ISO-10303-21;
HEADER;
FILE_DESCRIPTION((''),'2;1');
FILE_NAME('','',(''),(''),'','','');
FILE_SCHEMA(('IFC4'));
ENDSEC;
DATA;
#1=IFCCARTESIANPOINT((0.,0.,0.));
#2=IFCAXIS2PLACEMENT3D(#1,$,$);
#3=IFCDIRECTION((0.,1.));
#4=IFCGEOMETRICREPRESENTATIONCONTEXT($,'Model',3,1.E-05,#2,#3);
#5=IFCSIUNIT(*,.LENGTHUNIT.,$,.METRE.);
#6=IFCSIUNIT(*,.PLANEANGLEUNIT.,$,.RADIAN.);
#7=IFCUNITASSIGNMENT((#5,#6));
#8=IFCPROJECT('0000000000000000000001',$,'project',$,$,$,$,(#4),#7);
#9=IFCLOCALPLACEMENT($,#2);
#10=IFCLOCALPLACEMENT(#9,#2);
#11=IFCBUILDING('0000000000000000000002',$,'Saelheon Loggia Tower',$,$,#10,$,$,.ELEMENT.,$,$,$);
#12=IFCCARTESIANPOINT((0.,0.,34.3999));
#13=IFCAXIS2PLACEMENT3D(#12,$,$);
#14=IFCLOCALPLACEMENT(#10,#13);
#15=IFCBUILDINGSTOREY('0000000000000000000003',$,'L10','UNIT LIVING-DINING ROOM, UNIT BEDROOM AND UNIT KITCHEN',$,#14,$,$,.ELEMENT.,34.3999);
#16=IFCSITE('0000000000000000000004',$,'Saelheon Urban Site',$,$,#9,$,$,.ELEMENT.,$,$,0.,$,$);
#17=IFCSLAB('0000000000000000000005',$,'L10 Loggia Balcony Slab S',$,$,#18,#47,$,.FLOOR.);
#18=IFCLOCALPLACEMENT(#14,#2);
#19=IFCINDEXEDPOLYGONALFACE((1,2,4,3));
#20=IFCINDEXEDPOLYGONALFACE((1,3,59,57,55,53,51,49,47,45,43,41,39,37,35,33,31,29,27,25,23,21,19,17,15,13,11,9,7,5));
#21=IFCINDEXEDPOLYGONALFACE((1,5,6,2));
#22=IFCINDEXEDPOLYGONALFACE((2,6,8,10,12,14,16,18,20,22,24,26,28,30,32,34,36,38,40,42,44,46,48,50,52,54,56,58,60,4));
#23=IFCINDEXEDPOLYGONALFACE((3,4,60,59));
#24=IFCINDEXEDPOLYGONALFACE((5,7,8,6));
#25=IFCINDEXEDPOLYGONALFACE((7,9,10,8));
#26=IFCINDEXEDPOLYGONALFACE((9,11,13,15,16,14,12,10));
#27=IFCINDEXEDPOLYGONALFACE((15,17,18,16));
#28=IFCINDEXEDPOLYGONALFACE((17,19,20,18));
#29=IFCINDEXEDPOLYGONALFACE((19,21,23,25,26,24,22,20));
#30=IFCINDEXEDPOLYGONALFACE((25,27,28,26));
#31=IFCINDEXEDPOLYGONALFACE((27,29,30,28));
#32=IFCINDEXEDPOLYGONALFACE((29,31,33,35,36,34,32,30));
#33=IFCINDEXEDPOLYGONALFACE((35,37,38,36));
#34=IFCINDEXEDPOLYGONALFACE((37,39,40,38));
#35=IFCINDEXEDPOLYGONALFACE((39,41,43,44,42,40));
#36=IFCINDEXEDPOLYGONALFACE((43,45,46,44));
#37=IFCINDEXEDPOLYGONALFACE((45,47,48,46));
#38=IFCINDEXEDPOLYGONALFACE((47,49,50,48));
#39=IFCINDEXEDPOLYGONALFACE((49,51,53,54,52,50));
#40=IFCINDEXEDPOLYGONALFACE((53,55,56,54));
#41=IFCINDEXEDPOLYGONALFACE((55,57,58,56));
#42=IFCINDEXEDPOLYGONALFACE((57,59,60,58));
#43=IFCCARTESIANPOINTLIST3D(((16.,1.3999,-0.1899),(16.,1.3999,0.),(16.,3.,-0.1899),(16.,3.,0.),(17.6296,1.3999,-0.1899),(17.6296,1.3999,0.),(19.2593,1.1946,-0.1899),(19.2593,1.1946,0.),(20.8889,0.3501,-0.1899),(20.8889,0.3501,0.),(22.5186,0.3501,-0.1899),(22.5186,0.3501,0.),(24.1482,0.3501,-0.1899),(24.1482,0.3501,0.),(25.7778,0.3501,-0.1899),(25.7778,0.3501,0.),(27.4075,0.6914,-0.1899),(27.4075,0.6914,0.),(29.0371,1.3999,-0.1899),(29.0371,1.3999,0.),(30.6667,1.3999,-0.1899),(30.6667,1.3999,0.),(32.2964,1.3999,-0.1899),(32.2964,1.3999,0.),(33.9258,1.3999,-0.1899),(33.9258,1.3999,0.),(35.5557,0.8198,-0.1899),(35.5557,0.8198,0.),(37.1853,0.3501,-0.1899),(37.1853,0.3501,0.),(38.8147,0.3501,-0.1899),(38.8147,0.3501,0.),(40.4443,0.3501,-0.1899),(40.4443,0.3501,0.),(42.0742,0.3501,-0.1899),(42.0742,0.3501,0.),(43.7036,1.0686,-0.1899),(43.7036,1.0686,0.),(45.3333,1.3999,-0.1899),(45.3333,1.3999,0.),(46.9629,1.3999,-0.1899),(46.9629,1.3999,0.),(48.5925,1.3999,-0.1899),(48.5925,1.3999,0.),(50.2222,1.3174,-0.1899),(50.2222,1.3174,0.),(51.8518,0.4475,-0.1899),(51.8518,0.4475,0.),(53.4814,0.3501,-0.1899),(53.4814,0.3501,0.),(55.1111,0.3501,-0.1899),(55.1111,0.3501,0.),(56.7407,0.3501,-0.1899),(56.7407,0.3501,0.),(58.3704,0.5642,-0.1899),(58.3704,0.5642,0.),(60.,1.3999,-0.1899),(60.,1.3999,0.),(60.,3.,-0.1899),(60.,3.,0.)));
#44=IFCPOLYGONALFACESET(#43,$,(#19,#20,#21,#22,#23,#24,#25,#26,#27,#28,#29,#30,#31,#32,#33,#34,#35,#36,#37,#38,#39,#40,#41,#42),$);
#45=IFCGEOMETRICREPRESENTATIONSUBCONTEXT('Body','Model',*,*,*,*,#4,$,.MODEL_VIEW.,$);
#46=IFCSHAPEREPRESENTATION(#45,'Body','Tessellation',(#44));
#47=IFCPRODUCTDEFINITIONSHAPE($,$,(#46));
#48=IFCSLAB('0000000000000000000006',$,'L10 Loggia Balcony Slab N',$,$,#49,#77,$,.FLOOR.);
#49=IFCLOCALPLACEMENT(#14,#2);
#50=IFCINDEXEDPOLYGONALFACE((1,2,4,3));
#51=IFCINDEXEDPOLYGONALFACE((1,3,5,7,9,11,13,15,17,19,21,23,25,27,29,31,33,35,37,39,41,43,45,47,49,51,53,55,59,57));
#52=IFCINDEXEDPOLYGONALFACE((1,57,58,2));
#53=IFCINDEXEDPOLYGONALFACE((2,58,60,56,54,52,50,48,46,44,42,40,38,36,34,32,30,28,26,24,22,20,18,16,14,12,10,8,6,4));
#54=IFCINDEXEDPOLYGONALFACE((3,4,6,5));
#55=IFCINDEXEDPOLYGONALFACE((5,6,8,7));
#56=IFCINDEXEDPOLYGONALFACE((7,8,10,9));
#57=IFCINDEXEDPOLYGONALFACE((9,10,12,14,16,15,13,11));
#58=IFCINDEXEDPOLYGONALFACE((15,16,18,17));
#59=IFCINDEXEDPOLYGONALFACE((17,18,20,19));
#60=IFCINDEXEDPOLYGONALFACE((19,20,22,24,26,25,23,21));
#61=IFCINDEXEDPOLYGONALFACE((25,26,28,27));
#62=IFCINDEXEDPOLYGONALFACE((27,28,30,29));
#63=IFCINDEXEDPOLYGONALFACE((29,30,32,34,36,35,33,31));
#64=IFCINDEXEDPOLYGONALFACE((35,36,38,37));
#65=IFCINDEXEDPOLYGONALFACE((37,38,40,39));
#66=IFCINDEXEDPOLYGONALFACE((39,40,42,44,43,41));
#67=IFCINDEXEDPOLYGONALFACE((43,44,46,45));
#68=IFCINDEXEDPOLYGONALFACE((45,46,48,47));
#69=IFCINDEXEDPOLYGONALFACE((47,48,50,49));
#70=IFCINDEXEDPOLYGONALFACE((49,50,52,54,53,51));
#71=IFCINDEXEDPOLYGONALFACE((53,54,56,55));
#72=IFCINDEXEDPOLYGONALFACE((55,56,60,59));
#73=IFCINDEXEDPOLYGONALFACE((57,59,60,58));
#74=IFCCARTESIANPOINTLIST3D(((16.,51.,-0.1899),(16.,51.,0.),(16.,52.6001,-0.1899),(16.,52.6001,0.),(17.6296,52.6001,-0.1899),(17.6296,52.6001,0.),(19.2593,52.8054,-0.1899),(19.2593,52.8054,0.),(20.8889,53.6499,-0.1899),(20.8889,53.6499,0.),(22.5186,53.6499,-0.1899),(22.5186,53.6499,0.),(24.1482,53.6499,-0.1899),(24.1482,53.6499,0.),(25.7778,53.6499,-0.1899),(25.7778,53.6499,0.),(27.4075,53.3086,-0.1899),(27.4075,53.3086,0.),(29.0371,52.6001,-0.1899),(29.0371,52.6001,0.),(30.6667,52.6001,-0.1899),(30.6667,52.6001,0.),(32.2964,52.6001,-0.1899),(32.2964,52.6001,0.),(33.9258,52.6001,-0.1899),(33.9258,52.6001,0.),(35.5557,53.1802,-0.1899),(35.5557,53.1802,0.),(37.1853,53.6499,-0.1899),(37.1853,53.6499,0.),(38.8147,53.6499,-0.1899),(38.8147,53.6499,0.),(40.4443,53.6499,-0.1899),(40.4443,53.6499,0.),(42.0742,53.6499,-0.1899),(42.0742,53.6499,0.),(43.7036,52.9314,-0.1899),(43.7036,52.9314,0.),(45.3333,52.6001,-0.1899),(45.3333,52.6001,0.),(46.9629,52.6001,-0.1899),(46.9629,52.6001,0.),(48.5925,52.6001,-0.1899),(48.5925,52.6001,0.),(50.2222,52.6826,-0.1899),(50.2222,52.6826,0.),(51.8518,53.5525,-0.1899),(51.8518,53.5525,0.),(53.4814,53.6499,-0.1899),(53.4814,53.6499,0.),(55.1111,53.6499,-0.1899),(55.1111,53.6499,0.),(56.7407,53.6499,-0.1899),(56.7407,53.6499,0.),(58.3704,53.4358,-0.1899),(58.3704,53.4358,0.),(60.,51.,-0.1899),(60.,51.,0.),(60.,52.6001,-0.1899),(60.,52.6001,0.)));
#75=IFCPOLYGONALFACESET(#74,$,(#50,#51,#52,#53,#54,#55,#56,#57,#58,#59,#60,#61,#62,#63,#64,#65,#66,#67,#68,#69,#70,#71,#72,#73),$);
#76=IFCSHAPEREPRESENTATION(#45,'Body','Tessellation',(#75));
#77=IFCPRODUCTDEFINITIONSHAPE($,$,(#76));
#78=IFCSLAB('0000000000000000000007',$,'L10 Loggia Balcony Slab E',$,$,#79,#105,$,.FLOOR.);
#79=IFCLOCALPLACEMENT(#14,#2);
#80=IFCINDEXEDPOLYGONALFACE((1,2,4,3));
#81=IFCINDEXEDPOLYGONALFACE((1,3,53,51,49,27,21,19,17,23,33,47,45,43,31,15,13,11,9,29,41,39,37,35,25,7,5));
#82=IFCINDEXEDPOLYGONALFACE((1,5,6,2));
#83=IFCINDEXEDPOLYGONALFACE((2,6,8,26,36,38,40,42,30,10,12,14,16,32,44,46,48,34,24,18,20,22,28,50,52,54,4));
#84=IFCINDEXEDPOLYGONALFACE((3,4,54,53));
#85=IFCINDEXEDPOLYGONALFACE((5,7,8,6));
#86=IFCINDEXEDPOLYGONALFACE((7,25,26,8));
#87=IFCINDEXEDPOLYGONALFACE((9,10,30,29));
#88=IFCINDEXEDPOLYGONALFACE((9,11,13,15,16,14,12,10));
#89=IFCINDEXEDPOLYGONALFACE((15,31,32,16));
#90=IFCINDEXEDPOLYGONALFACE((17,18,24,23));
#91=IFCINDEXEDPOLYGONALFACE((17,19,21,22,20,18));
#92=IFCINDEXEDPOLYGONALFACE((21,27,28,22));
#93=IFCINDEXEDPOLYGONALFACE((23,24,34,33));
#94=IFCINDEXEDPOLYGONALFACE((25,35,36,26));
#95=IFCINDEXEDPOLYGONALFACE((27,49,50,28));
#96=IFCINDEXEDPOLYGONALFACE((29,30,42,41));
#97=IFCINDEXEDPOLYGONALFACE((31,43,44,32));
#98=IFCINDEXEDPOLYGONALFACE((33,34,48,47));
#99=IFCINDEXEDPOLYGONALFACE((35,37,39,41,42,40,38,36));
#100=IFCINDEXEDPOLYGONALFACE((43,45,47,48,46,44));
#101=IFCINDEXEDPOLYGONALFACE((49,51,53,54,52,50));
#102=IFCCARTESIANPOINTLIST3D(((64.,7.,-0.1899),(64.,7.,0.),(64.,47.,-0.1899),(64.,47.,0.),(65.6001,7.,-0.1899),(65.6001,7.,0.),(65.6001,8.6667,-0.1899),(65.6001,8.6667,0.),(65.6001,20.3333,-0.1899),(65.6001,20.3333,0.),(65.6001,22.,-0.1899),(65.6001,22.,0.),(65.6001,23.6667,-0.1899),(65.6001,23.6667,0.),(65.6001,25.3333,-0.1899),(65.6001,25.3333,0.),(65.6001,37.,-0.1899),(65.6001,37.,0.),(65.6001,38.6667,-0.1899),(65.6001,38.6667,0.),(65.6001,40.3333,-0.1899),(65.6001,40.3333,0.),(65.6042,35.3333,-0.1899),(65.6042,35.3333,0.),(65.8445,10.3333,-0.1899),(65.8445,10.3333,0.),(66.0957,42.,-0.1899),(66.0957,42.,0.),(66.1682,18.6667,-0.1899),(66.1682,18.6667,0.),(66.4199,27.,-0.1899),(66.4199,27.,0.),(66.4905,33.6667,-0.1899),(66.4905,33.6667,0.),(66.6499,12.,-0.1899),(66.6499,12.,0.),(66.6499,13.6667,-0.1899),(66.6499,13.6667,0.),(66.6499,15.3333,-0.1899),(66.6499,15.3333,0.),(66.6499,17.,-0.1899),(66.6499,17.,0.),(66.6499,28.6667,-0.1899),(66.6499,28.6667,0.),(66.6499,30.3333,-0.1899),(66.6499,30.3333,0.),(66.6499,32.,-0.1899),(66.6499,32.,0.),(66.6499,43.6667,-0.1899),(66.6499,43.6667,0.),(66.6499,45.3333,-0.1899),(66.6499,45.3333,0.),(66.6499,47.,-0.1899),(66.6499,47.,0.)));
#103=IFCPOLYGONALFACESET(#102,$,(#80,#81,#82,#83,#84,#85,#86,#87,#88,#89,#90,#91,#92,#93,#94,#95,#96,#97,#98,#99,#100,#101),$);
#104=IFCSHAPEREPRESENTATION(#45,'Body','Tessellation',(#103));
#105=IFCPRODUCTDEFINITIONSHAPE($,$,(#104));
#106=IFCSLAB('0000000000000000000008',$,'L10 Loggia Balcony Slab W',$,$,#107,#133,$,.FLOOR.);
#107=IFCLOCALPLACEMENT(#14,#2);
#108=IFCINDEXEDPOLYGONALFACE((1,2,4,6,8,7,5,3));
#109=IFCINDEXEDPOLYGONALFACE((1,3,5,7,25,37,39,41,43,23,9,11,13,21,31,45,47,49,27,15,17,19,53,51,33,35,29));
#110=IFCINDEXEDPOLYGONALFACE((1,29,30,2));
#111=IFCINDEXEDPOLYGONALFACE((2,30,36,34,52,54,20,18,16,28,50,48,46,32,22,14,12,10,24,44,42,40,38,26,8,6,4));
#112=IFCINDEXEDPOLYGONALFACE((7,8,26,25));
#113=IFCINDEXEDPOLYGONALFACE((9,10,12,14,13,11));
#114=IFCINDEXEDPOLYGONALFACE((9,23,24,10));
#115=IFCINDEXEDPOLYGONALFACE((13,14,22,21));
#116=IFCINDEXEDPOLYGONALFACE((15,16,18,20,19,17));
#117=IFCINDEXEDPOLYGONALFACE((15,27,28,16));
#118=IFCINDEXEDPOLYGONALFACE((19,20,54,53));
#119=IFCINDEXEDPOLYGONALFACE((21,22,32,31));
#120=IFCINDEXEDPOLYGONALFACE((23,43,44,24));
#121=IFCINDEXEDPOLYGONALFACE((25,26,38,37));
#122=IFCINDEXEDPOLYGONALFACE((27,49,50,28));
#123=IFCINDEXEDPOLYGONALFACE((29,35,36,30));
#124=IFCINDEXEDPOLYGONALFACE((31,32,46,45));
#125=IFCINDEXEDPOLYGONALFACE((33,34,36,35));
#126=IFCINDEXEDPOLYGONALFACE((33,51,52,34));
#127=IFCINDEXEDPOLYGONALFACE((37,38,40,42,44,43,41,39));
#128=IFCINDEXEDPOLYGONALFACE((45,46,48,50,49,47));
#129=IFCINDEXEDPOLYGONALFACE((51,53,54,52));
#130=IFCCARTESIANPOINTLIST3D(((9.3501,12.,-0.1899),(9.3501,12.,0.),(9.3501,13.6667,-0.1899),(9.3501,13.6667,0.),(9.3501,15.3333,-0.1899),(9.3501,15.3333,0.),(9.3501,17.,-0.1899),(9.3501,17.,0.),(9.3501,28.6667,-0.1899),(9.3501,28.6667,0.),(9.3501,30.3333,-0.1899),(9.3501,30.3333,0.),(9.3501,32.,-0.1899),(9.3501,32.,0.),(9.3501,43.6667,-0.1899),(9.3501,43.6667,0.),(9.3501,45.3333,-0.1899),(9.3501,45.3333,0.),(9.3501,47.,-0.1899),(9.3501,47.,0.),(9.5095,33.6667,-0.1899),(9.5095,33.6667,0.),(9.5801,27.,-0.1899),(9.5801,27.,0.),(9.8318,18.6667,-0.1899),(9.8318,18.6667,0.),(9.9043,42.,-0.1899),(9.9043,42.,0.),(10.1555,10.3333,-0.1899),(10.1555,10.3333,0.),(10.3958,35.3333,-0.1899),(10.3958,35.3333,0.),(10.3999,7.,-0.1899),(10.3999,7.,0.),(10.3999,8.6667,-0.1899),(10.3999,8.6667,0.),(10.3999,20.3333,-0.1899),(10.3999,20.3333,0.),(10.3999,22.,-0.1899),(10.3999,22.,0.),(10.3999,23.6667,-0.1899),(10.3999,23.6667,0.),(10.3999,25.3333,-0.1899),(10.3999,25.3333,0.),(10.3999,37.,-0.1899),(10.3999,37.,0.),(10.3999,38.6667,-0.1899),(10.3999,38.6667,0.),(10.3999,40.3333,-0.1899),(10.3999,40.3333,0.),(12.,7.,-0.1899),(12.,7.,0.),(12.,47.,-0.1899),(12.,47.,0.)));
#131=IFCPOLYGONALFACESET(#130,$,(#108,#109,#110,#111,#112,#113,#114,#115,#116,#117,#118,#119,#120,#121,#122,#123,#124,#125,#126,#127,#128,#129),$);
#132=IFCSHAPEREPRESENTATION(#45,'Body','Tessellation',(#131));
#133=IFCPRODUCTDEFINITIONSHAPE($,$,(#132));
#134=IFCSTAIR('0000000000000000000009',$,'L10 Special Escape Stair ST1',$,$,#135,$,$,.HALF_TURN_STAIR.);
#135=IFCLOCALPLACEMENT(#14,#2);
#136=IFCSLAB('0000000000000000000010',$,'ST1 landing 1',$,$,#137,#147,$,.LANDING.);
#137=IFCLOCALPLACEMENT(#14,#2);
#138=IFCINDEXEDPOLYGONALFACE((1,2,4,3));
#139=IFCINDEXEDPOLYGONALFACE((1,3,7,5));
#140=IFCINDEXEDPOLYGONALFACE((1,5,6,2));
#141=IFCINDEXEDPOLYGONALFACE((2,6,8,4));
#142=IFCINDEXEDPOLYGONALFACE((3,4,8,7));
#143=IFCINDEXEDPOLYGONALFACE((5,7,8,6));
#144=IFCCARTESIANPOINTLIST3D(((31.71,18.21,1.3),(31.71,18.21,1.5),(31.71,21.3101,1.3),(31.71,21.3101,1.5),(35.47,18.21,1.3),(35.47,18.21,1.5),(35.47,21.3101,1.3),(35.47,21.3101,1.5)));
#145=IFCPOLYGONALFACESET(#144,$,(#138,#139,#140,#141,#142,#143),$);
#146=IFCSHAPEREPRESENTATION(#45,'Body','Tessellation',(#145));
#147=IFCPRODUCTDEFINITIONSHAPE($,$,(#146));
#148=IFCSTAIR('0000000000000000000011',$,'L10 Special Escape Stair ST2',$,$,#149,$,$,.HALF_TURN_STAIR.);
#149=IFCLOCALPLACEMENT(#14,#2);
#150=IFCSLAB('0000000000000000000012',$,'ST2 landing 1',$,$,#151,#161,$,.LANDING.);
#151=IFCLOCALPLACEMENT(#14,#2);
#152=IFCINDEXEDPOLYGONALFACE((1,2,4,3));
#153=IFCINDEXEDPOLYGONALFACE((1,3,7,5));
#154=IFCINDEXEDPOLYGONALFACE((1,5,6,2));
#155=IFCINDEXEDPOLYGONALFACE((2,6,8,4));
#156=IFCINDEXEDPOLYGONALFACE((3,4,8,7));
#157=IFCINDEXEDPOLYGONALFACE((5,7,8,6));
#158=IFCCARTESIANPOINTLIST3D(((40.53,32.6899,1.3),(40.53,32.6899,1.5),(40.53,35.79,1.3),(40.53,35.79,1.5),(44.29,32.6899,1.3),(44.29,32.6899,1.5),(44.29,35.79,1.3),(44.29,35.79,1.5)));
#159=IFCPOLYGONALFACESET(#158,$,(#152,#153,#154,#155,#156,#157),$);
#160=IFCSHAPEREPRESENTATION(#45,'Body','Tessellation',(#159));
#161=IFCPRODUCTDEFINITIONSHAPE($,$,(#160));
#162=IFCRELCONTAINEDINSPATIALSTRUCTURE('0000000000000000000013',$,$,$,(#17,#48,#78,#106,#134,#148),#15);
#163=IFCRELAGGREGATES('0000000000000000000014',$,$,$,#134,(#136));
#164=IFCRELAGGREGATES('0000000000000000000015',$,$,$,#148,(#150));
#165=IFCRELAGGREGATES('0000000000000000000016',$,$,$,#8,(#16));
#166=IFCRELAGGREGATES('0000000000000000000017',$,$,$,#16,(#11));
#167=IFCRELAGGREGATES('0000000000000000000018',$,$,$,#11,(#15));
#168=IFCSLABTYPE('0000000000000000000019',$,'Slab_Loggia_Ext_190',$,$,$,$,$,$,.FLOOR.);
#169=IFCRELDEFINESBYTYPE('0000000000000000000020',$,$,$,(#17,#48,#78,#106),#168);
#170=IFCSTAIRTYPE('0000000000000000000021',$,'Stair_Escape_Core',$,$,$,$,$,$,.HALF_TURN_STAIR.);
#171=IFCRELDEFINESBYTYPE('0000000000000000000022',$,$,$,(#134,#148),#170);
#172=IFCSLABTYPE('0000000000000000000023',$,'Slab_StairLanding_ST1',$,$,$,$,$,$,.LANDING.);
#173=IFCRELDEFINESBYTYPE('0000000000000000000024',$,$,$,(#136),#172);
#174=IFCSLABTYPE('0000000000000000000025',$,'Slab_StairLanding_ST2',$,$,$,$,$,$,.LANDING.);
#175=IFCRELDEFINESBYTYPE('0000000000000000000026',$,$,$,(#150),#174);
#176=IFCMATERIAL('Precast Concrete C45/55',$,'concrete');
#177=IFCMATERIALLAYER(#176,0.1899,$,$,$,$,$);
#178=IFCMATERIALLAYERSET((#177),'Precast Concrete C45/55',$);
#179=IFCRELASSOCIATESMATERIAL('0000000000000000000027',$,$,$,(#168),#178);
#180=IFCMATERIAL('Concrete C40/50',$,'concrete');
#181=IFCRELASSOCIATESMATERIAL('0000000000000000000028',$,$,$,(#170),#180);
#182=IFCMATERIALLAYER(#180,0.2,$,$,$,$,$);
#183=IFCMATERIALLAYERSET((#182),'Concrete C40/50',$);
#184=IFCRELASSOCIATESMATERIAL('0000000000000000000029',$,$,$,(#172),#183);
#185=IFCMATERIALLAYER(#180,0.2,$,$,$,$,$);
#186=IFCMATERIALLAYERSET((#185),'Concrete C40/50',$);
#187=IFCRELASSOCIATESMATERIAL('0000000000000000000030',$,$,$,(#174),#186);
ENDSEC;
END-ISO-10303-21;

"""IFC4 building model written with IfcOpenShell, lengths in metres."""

from ifc_helpers import new_model, si_unit, direction, frame, origin, place, context, subcontext, project, spatial, polyline, outline, extrude, material, layer, layer_set, type_object, element, aggregate, save


model = new_model("IFC4")

# Units and contexts
model_context = context("Model", 3, precision=1e-05, world=origin(), true_north=direction((0.0, 1.0)))
body_context = subcontext(model_context, "Body", "Model", "MODEL_VIEW")
ifc_project = project(units=[si_unit("LENGTHUNIT", "METRE"), si_unit("PLANEANGLEUNIT", "RADIAN")], contexts=[model_context])

# Site, building, storey
site_placement = place(None, origin())
site = spatial("IfcSite", under=ifc_project, at=site_placement, Name="Saelheon Urban Site", CompositionType="ELEMENT", RefElevation=0.0)
building_placement = place(site_placement, origin())
building = spatial("IfcBuilding", under=site, at=building_placement, Name="Saelheon Loggia Tower", CompositionType="ELEMENT")
storey_placement = place(building_placement, frame((0.0, 0.0, 34.3999)))
storey = spatial("IfcBuildingStorey", under=building, at=storey_placement, Name="L10", Description="UNIT LIVING-DINING ROOM, UNIT BEDROOM AND UNIT KITCHEN", CompositionType="ELEMENT", Elevation=34.3999)

# Slabs
ifc_material_1 = material(Name="Precast Concrete C45/55", Category="concrete")
ifc_layer_1 = layer(ifc_material_1, 0.1899)
ifc_layer_set_1 = layer_set([ifc_layer_1], Name="Precast Concrete C45/55")
slab_type_1 = type_object("IfcSlabType", Name="Slab_Loggia_Ext_190", PredefinedType="FLOOR", material=ifc_layer_set_1)
slab_1_placement = place(storey_placement, frame((0.0, 0.0, -0.1899)))
element("IfcSlab", 1, at=slab_1_placement, inside=storey, type_object=slab_type_1, Name="L10 Loggia Balcony Slab S", PredefinedType="FLOOR", context=body_context, shape_type="SweptSolid", body=[
    extrude(outline(polyline([(16.0, 1.3999), (17.6296, 1.3999), (19.2593, 1.1946), (20.8889, 0.3501), (22.5186, 0.3501), (24.1482, 0.3501), (25.7778, 0.3501), (27.4075, 0.6914), (29.0371, 1.3999), (30.6667, 1.3999), (32.2964, 1.3999), (33.9258, 1.3999), (35.5557, 0.8198), (37.1853, 0.3501), (38.8147, 0.3501), (40.4443, 0.3501), (42.0742, 0.3501), (43.7036, 1.0686), (45.3333, 1.3999), (46.9629, 1.3999), (48.5925, 1.3999), (50.2222, 1.3174), (51.8518, 0.4475), (53.4814, 0.3501), (55.1111, 0.3501), (56.7407, 0.3501), (58.3704, 0.5642), (60.0, 1.3999), (60.0, 3.0), (16.0, 3.0), (16.0, 1.3999)])), origin(), (0.0, 0.0, 1.0), 0.1899),
])
slab_2_placement = place(storey_placement, frame((0.0, 0.0, -0.1899)))
element("IfcSlab", 2, at=slab_2_placement, inside=storey, type_object=slab_type_1, Name="L10 Loggia Balcony Slab N", PredefinedType="FLOOR", context=body_context, shape_type="SweptSolid", body=[
    extrude(outline(polyline([(16.0, 51.0), (60.0, 51.0), (60.0, 52.6001), (58.3704, 53.4358), (56.7407, 53.6499), (55.1111, 53.6499), (53.4814, 53.6499), (51.8518, 53.5525), (50.2222, 52.6826), (48.5925, 52.6001), (46.9629, 52.6001), (45.3333, 52.6001), (43.7036, 52.9314), (42.0742, 53.6499), (40.4443, 53.6499), (38.8147, 53.6499), (37.1853, 53.6499), (35.5557, 53.1802), (33.9258, 52.6001), (32.2964, 52.6001), (30.6667, 52.6001), (29.0371, 52.6001), (27.4075, 53.3086), (25.7778, 53.6499), (24.1482, 53.6499), (22.5186, 53.6499), (20.8889, 53.6499), (19.2593, 52.8054), (17.6296, 52.6001), (16.0, 52.6001), (16.0, 51.0)])), origin(), (0.0, 0.0, 1.0), 0.1899),
])
slab_3_placement = place(storey_placement, frame((0.0, 0.0, -0.1899)))
element("IfcSlab", 3, at=slab_3_placement, inside=storey, type_object=slab_type_1, Name="L10 Loggia Balcony Slab E", PredefinedType="FLOOR", context=body_context, shape_type="SweptSolid", body=[
    extrude(outline(polyline([(64.0, 7.0), (65.6001, 7.0), (65.6001, 8.6667), (65.8445, 10.3333), (66.6499, 12.0), (66.6499, 13.6667), (66.6499, 15.3333), (66.6499, 17.0), (66.1682, 18.6667), (65.6001, 20.3333), (65.6001, 22.0), (65.6001, 23.6667), (65.6001, 25.3333), (66.4199, 27.0), (66.6499, 28.6667), (66.6499, 30.3333), (66.6499, 32.0), (66.4905, 33.6667), (65.6042, 35.3333), (65.6001, 37.0), (65.6001, 38.6667), (65.6001, 40.3333), (66.0957, 42.0), (66.6499, 43.6667), (66.6499, 45.3333), (66.6499, 47.0), (64.0, 47.0), (64.0, 7.0)])), origin(), (0.0, 0.0, 1.0), 0.1899),
])
slab_4_placement = place(storey_placement, frame((0.0, 0.0, -0.1899)))
element("IfcSlab", 4, at=slab_4_placement, inside=storey, type_object=slab_type_1, Name="L10 Loggia Balcony Slab W", PredefinedType="FLOOR", context=body_context, shape_type="SweptSolid", body=[
    extrude(outline(polyline([(12.0, 7.0), (12.0, 47.0), (9.3501, 47.0), (9.3501, 45.3333), (9.3501, 43.6667), (9.9043, 42.0), (10.3999, 40.3333), (10.3999, 38.6667), (10.3999, 37.0), (10.3958, 35.3333), (9.5095, 33.6667), (9.3501, 32.0), (9.3501, 30.3333), (9.3501, 28.6667), (9.5801, 27.0), (10.3999, 25.3333), (10.3999, 23.6667), (10.3999, 22.0), (10.3999, 20.3333), (9.8318, 18.6667), (9.3501, 17.0), (9.3501, 15.3333), (9.3501, 13.6667), (9.3501, 12.0), (10.1555, 10.3333), (10.3999, 8.6667), (10.3999, 7.0), (12.0, 7.0)])), origin(), (0.0, 0.0, 1.0), 0.1899),
])

# Stairs, slabs
ifc_material_2 = material(Name="Concrete C40/50", Category="concrete")
stair_type = type_object("IfcStairType", Name="Stair_Escape_Core", PredefinedType="HALF_TURN_STAIR", material=ifc_material_2)
stair_1_placement = place(storey_placement, origin())
stair_1 = element("IfcStair", 5, at=stair_1_placement, inside=storey, type_object=stair_type, Name="L10 Special Escape Stair ST1", PredefinedType="HALF_TURN_STAIR")
ifc_layer_2 = layer(ifc_material_2, 0.2)
ifc_layer_set_2 = layer_set([ifc_layer_2], Name="Concrete C40/50")
slab_type_2 = type_object("IfcSlabType", Name="Slab_StairLanding_ST1", PredefinedType="LANDING", material=ifc_layer_set_2)
slab_5_placement = place(storey_placement, frame((0.0, 0.0, 1.3)))
slab_5 = element("IfcSlab", 6, at=slab_5_placement, type_object=slab_type_2, Name="ST1 landing 1", PredefinedType="LANDING", context=body_context, shape_type="SweptSolid", body=[
    extrude(outline(polyline([(31.71, 21.3101), (31.71, 18.21), (35.47, 18.21), (35.47, 21.3101), (31.71, 21.3101)])), origin(), (0.0, 0.0, 1.0), 0.2),
])
aggregate(stair_1, [slab_5])
stair_2_placement = place(storey_placement, origin())
stair_2 = element("IfcStair", 7, at=stair_2_placement, inside=storey, type_object=stair_type, Name="L10 Special Escape Stair ST2", PredefinedType="HALF_TURN_STAIR")
ifc_layer_3 = layer(ifc_material_2, 0.2)
ifc_layer_set_3 = layer_set([ifc_layer_3], Name="Concrete C40/50")
slab_type_3 = type_object("IfcSlabType", Name="Slab_StairLanding_ST2", PredefinedType="LANDING", material=ifc_layer_set_3)
slab_6_placement = place(storey_placement, frame((0.0, 0.0, 1.3)))
slab_6 = element("IfcSlab", 8, at=slab_6_placement, type_object=slab_type_3, Name="ST2 landing 1", PredefinedType="LANDING", context=body_context, shape_type="SweptSolid", body=[
    extrude(outline(polyline([(44.29, 32.6899), (44.29, 35.79), (40.53, 35.79), (40.53, 32.6899), (44.29, 32.6899)])), origin(), (0.0, 0.0, 1.0), 0.2),
])
aggregate(stair_2, [slab_6])

save(model, "model.ifc")
